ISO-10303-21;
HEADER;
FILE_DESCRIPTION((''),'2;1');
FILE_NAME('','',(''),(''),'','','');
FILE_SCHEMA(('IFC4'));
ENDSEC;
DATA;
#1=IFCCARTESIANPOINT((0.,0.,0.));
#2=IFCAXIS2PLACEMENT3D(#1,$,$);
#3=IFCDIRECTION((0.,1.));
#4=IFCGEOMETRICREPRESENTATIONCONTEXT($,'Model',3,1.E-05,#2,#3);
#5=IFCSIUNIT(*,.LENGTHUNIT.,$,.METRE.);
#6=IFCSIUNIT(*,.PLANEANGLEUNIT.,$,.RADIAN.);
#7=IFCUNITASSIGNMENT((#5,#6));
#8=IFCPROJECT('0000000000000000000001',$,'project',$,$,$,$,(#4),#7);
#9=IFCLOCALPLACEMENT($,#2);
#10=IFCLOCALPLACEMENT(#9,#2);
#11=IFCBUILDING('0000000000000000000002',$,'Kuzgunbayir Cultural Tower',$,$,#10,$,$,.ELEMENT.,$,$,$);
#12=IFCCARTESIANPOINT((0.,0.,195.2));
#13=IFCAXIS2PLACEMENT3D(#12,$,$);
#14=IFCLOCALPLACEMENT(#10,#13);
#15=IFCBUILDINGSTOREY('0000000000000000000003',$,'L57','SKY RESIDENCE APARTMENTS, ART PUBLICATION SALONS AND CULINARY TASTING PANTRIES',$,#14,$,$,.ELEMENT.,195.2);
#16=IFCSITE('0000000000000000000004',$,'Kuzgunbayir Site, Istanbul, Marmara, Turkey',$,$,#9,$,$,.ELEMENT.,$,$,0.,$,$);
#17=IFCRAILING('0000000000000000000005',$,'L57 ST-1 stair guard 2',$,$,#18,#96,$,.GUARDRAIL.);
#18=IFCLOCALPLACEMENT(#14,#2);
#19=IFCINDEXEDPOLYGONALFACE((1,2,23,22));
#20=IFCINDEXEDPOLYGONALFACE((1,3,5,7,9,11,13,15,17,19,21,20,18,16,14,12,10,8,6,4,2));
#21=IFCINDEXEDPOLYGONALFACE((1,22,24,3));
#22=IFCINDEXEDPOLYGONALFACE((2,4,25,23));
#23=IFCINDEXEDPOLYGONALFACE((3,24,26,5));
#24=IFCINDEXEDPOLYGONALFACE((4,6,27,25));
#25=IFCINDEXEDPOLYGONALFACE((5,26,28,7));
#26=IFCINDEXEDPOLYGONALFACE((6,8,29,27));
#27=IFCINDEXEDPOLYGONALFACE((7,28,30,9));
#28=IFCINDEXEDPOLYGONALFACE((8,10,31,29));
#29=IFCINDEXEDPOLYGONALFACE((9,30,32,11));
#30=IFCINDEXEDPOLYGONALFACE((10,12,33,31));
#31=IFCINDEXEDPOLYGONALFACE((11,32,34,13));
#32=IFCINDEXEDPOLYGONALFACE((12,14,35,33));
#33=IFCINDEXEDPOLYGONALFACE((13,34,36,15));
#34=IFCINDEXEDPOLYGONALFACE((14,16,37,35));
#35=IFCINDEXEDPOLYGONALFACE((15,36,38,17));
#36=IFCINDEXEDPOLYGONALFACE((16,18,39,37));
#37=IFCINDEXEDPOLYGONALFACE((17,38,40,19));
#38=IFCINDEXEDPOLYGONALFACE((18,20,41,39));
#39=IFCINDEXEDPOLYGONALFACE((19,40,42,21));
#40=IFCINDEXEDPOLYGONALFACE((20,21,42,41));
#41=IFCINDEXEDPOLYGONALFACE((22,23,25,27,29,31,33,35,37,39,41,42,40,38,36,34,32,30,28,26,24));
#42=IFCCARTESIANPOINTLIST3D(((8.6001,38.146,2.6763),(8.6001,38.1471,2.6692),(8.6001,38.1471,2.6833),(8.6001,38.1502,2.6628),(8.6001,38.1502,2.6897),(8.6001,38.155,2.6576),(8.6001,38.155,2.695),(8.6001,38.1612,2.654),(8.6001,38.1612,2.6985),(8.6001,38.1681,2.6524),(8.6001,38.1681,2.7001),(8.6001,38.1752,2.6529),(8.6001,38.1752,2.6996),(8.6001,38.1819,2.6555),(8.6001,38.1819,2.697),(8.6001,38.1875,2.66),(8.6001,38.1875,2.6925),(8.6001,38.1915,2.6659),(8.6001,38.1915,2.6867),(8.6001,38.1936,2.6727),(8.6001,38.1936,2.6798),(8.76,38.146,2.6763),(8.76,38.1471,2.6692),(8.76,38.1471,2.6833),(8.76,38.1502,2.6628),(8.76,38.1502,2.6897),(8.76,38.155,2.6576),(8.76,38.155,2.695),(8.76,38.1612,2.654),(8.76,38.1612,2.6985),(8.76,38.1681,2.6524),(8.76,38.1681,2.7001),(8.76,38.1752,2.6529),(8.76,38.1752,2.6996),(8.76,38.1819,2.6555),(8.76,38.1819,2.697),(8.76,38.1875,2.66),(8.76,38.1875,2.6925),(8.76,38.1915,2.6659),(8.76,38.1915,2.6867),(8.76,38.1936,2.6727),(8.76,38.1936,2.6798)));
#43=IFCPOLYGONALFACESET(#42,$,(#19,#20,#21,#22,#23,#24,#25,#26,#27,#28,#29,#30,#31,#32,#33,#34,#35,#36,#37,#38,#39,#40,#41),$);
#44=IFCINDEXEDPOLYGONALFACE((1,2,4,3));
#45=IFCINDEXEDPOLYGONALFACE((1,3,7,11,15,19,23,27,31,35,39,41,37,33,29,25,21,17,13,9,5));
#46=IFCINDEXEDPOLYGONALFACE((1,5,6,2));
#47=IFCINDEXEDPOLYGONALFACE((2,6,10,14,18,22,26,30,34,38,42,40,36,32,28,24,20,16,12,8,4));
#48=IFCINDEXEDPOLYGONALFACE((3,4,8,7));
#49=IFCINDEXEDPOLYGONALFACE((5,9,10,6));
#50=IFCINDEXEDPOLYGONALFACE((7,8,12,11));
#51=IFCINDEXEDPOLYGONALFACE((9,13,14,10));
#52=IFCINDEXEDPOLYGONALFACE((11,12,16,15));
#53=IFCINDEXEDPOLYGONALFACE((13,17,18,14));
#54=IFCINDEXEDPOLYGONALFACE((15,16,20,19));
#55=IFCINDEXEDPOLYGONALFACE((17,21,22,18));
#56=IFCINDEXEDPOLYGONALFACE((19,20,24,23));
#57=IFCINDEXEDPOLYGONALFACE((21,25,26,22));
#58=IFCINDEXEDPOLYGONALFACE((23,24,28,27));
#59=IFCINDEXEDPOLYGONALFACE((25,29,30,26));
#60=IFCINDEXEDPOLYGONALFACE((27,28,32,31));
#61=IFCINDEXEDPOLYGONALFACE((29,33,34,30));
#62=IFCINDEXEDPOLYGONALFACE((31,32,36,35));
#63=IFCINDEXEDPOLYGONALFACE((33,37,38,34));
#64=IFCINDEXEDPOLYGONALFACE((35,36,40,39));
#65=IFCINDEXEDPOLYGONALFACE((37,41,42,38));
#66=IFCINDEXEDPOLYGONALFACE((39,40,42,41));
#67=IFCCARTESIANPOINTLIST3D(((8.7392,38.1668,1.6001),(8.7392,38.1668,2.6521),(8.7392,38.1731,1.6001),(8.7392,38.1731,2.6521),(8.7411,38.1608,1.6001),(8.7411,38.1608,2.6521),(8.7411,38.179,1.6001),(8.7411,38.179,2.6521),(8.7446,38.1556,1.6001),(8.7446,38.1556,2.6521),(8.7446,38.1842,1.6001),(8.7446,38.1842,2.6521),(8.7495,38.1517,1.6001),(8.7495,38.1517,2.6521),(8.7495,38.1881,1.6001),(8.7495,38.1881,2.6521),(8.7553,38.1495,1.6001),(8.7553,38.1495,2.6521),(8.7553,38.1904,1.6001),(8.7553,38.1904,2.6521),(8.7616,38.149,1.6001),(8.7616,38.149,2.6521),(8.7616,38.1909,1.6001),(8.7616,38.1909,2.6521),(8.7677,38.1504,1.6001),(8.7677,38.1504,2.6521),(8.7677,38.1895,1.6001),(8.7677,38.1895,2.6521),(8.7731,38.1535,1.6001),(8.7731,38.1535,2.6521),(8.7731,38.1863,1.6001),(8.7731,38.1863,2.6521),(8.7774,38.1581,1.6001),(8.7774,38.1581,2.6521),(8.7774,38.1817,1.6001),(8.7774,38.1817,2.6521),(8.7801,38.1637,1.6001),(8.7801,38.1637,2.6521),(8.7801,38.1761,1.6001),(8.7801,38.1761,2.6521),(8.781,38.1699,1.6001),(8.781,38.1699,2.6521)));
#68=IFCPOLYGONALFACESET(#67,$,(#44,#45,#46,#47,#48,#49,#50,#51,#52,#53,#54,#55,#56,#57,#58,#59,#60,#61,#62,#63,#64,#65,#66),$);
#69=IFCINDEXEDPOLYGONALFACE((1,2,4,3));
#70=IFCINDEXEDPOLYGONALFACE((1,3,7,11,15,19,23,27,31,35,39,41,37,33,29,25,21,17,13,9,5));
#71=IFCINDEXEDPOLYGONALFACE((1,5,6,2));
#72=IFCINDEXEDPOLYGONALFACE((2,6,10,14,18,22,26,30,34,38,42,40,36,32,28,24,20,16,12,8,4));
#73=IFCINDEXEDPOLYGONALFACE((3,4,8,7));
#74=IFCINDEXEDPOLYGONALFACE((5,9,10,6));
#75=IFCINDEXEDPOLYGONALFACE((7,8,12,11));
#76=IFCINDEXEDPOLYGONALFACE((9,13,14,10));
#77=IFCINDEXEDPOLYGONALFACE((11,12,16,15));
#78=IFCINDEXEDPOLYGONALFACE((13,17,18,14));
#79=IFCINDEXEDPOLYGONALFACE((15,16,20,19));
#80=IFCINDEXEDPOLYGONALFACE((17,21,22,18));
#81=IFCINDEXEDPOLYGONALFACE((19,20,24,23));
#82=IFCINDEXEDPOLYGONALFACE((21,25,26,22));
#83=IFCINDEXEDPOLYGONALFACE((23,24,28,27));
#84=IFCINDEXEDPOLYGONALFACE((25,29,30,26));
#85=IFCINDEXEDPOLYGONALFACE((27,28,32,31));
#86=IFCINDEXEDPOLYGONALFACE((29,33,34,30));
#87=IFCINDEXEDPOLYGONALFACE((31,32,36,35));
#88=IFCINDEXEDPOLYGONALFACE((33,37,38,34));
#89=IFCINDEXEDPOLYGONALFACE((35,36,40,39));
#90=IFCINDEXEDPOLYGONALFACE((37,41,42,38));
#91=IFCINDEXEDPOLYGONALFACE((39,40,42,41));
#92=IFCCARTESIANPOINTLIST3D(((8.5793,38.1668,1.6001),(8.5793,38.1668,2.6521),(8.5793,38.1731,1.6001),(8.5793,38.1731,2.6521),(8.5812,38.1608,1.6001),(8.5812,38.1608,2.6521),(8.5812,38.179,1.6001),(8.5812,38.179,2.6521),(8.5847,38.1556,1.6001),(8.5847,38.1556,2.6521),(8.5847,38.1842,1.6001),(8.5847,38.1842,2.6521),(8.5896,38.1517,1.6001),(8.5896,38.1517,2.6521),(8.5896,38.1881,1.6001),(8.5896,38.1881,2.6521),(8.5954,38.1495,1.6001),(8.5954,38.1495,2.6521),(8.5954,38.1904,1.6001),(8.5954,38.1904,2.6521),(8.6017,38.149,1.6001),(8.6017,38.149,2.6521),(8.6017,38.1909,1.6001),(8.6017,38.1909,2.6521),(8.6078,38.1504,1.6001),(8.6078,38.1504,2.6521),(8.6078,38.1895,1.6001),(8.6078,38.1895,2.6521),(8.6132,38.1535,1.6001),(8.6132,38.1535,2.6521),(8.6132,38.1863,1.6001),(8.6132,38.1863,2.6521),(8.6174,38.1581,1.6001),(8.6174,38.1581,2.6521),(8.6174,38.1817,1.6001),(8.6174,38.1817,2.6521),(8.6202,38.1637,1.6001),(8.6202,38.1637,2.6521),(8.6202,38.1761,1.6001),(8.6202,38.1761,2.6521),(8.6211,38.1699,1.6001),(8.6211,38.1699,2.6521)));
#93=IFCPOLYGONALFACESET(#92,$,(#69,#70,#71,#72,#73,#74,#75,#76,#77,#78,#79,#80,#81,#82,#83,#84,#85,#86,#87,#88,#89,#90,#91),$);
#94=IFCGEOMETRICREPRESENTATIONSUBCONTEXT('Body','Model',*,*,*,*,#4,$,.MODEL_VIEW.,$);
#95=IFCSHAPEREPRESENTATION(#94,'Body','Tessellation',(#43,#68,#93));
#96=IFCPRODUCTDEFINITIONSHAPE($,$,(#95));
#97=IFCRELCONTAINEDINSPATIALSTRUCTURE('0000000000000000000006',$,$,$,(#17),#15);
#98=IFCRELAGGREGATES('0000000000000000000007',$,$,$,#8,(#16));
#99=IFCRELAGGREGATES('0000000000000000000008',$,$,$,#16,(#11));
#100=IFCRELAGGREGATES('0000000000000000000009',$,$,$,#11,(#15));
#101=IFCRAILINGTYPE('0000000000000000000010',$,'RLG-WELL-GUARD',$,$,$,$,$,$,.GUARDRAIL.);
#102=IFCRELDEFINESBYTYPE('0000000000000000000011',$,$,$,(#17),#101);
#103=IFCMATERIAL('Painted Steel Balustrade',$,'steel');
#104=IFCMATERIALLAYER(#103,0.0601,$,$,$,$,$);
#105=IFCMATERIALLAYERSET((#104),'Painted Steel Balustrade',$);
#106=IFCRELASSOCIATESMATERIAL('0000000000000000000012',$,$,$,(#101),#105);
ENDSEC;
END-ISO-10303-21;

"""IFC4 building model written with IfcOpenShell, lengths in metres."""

from ifc_helpers import new_model, si_unit, direction, frame, origin, origin_2d, place, context, subcontext, project, spatial, circle, extrude, material, layer, layer_set, type_object, element, save


model = new_model("IFC4")

# Units and contexts
model_context = context("Model", 3, precision=1e-05, world=origin(), true_north=direction((0.0, 1.0)))
body_context = subcontext(model_context, "Body", "Model", "MODEL_VIEW")
ifc_project = project(units=[si_unit("LENGTHUNIT", "METRE"), si_unit("PLANEANGLEUNIT", "RADIAN")], contexts=[model_context])

# Site, building, storey
site_placement = place(None, origin())
site = spatial("IfcSite", under=ifc_project, at=site_placement, Name="Kuzgunbayir Site, Istanbul, Marmara, Turkey", CompositionType="ELEMENT", RefElevation=0.0)
building_placement = place(site_placement, origin())
building = spatial("IfcBuilding", under=site, at=building_placement, Name="Kuzgunbayir Cultural Tower", CompositionType="ELEMENT")
storey_placement = place(building_placement, frame((0.0, 0.0, 195.2)))
storey = spatial("IfcBuildingStorey", under=building, at=storey_placement, Name="L57", Description="SKY RESIDENCE APARTMENTS, ART PUBLICATION SALONS AND CULINARY TASTING PANTRIES", CompositionType="ELEMENT", Elevation=195.2)

# Railing
ifc_material_1 = material(Name="Painted Steel Balustrade", Category="steel")
ifc_layer_1 = layer(ifc_material_1, 0.0601)
ifc_layer_set_1 = layer_set([ifc_layer_1], Name="Painted Steel Balustrade")
railing_type_1 = type_object("IfcRailingType", Name="RLG-WELL-GUARD", PredefinedType="GUARDRAIL", material=ifc_layer_set_1)
railing_1_placement = place(storey_placement, frame((8.76, 38.1699, 1.6001)))
element("IfcRailing", 1, at=railing_1_placement, inside=storey, type_object=railing_type_1, Name="L57 ST-1 stair guard 2", PredefinedType="GUARDRAIL", context=body_context, shape_type="SweptSolid", body=[
    extrude(circle(Radius=0.0239, at=origin_2d()), frame((0.0, 0.0, 1.0762), z_axis=(-1.0, 0.0, 0.0), x_axis=(0.0, -1.0, 0.0)), (0.0, 0.0, 1.0), 0.1599),
    extrude(circle(Radius=0.021, at=origin_2d()), origin(), (0.0, 0.0, 1.0), 1.052),
    extrude(circle(Radius=0.021, at=origin_2d()), frame((-0.1599, 0.0, 0.0)), (0.0, 0.0, 1.0), 1.052),
])

save(model, "model.ifc")
